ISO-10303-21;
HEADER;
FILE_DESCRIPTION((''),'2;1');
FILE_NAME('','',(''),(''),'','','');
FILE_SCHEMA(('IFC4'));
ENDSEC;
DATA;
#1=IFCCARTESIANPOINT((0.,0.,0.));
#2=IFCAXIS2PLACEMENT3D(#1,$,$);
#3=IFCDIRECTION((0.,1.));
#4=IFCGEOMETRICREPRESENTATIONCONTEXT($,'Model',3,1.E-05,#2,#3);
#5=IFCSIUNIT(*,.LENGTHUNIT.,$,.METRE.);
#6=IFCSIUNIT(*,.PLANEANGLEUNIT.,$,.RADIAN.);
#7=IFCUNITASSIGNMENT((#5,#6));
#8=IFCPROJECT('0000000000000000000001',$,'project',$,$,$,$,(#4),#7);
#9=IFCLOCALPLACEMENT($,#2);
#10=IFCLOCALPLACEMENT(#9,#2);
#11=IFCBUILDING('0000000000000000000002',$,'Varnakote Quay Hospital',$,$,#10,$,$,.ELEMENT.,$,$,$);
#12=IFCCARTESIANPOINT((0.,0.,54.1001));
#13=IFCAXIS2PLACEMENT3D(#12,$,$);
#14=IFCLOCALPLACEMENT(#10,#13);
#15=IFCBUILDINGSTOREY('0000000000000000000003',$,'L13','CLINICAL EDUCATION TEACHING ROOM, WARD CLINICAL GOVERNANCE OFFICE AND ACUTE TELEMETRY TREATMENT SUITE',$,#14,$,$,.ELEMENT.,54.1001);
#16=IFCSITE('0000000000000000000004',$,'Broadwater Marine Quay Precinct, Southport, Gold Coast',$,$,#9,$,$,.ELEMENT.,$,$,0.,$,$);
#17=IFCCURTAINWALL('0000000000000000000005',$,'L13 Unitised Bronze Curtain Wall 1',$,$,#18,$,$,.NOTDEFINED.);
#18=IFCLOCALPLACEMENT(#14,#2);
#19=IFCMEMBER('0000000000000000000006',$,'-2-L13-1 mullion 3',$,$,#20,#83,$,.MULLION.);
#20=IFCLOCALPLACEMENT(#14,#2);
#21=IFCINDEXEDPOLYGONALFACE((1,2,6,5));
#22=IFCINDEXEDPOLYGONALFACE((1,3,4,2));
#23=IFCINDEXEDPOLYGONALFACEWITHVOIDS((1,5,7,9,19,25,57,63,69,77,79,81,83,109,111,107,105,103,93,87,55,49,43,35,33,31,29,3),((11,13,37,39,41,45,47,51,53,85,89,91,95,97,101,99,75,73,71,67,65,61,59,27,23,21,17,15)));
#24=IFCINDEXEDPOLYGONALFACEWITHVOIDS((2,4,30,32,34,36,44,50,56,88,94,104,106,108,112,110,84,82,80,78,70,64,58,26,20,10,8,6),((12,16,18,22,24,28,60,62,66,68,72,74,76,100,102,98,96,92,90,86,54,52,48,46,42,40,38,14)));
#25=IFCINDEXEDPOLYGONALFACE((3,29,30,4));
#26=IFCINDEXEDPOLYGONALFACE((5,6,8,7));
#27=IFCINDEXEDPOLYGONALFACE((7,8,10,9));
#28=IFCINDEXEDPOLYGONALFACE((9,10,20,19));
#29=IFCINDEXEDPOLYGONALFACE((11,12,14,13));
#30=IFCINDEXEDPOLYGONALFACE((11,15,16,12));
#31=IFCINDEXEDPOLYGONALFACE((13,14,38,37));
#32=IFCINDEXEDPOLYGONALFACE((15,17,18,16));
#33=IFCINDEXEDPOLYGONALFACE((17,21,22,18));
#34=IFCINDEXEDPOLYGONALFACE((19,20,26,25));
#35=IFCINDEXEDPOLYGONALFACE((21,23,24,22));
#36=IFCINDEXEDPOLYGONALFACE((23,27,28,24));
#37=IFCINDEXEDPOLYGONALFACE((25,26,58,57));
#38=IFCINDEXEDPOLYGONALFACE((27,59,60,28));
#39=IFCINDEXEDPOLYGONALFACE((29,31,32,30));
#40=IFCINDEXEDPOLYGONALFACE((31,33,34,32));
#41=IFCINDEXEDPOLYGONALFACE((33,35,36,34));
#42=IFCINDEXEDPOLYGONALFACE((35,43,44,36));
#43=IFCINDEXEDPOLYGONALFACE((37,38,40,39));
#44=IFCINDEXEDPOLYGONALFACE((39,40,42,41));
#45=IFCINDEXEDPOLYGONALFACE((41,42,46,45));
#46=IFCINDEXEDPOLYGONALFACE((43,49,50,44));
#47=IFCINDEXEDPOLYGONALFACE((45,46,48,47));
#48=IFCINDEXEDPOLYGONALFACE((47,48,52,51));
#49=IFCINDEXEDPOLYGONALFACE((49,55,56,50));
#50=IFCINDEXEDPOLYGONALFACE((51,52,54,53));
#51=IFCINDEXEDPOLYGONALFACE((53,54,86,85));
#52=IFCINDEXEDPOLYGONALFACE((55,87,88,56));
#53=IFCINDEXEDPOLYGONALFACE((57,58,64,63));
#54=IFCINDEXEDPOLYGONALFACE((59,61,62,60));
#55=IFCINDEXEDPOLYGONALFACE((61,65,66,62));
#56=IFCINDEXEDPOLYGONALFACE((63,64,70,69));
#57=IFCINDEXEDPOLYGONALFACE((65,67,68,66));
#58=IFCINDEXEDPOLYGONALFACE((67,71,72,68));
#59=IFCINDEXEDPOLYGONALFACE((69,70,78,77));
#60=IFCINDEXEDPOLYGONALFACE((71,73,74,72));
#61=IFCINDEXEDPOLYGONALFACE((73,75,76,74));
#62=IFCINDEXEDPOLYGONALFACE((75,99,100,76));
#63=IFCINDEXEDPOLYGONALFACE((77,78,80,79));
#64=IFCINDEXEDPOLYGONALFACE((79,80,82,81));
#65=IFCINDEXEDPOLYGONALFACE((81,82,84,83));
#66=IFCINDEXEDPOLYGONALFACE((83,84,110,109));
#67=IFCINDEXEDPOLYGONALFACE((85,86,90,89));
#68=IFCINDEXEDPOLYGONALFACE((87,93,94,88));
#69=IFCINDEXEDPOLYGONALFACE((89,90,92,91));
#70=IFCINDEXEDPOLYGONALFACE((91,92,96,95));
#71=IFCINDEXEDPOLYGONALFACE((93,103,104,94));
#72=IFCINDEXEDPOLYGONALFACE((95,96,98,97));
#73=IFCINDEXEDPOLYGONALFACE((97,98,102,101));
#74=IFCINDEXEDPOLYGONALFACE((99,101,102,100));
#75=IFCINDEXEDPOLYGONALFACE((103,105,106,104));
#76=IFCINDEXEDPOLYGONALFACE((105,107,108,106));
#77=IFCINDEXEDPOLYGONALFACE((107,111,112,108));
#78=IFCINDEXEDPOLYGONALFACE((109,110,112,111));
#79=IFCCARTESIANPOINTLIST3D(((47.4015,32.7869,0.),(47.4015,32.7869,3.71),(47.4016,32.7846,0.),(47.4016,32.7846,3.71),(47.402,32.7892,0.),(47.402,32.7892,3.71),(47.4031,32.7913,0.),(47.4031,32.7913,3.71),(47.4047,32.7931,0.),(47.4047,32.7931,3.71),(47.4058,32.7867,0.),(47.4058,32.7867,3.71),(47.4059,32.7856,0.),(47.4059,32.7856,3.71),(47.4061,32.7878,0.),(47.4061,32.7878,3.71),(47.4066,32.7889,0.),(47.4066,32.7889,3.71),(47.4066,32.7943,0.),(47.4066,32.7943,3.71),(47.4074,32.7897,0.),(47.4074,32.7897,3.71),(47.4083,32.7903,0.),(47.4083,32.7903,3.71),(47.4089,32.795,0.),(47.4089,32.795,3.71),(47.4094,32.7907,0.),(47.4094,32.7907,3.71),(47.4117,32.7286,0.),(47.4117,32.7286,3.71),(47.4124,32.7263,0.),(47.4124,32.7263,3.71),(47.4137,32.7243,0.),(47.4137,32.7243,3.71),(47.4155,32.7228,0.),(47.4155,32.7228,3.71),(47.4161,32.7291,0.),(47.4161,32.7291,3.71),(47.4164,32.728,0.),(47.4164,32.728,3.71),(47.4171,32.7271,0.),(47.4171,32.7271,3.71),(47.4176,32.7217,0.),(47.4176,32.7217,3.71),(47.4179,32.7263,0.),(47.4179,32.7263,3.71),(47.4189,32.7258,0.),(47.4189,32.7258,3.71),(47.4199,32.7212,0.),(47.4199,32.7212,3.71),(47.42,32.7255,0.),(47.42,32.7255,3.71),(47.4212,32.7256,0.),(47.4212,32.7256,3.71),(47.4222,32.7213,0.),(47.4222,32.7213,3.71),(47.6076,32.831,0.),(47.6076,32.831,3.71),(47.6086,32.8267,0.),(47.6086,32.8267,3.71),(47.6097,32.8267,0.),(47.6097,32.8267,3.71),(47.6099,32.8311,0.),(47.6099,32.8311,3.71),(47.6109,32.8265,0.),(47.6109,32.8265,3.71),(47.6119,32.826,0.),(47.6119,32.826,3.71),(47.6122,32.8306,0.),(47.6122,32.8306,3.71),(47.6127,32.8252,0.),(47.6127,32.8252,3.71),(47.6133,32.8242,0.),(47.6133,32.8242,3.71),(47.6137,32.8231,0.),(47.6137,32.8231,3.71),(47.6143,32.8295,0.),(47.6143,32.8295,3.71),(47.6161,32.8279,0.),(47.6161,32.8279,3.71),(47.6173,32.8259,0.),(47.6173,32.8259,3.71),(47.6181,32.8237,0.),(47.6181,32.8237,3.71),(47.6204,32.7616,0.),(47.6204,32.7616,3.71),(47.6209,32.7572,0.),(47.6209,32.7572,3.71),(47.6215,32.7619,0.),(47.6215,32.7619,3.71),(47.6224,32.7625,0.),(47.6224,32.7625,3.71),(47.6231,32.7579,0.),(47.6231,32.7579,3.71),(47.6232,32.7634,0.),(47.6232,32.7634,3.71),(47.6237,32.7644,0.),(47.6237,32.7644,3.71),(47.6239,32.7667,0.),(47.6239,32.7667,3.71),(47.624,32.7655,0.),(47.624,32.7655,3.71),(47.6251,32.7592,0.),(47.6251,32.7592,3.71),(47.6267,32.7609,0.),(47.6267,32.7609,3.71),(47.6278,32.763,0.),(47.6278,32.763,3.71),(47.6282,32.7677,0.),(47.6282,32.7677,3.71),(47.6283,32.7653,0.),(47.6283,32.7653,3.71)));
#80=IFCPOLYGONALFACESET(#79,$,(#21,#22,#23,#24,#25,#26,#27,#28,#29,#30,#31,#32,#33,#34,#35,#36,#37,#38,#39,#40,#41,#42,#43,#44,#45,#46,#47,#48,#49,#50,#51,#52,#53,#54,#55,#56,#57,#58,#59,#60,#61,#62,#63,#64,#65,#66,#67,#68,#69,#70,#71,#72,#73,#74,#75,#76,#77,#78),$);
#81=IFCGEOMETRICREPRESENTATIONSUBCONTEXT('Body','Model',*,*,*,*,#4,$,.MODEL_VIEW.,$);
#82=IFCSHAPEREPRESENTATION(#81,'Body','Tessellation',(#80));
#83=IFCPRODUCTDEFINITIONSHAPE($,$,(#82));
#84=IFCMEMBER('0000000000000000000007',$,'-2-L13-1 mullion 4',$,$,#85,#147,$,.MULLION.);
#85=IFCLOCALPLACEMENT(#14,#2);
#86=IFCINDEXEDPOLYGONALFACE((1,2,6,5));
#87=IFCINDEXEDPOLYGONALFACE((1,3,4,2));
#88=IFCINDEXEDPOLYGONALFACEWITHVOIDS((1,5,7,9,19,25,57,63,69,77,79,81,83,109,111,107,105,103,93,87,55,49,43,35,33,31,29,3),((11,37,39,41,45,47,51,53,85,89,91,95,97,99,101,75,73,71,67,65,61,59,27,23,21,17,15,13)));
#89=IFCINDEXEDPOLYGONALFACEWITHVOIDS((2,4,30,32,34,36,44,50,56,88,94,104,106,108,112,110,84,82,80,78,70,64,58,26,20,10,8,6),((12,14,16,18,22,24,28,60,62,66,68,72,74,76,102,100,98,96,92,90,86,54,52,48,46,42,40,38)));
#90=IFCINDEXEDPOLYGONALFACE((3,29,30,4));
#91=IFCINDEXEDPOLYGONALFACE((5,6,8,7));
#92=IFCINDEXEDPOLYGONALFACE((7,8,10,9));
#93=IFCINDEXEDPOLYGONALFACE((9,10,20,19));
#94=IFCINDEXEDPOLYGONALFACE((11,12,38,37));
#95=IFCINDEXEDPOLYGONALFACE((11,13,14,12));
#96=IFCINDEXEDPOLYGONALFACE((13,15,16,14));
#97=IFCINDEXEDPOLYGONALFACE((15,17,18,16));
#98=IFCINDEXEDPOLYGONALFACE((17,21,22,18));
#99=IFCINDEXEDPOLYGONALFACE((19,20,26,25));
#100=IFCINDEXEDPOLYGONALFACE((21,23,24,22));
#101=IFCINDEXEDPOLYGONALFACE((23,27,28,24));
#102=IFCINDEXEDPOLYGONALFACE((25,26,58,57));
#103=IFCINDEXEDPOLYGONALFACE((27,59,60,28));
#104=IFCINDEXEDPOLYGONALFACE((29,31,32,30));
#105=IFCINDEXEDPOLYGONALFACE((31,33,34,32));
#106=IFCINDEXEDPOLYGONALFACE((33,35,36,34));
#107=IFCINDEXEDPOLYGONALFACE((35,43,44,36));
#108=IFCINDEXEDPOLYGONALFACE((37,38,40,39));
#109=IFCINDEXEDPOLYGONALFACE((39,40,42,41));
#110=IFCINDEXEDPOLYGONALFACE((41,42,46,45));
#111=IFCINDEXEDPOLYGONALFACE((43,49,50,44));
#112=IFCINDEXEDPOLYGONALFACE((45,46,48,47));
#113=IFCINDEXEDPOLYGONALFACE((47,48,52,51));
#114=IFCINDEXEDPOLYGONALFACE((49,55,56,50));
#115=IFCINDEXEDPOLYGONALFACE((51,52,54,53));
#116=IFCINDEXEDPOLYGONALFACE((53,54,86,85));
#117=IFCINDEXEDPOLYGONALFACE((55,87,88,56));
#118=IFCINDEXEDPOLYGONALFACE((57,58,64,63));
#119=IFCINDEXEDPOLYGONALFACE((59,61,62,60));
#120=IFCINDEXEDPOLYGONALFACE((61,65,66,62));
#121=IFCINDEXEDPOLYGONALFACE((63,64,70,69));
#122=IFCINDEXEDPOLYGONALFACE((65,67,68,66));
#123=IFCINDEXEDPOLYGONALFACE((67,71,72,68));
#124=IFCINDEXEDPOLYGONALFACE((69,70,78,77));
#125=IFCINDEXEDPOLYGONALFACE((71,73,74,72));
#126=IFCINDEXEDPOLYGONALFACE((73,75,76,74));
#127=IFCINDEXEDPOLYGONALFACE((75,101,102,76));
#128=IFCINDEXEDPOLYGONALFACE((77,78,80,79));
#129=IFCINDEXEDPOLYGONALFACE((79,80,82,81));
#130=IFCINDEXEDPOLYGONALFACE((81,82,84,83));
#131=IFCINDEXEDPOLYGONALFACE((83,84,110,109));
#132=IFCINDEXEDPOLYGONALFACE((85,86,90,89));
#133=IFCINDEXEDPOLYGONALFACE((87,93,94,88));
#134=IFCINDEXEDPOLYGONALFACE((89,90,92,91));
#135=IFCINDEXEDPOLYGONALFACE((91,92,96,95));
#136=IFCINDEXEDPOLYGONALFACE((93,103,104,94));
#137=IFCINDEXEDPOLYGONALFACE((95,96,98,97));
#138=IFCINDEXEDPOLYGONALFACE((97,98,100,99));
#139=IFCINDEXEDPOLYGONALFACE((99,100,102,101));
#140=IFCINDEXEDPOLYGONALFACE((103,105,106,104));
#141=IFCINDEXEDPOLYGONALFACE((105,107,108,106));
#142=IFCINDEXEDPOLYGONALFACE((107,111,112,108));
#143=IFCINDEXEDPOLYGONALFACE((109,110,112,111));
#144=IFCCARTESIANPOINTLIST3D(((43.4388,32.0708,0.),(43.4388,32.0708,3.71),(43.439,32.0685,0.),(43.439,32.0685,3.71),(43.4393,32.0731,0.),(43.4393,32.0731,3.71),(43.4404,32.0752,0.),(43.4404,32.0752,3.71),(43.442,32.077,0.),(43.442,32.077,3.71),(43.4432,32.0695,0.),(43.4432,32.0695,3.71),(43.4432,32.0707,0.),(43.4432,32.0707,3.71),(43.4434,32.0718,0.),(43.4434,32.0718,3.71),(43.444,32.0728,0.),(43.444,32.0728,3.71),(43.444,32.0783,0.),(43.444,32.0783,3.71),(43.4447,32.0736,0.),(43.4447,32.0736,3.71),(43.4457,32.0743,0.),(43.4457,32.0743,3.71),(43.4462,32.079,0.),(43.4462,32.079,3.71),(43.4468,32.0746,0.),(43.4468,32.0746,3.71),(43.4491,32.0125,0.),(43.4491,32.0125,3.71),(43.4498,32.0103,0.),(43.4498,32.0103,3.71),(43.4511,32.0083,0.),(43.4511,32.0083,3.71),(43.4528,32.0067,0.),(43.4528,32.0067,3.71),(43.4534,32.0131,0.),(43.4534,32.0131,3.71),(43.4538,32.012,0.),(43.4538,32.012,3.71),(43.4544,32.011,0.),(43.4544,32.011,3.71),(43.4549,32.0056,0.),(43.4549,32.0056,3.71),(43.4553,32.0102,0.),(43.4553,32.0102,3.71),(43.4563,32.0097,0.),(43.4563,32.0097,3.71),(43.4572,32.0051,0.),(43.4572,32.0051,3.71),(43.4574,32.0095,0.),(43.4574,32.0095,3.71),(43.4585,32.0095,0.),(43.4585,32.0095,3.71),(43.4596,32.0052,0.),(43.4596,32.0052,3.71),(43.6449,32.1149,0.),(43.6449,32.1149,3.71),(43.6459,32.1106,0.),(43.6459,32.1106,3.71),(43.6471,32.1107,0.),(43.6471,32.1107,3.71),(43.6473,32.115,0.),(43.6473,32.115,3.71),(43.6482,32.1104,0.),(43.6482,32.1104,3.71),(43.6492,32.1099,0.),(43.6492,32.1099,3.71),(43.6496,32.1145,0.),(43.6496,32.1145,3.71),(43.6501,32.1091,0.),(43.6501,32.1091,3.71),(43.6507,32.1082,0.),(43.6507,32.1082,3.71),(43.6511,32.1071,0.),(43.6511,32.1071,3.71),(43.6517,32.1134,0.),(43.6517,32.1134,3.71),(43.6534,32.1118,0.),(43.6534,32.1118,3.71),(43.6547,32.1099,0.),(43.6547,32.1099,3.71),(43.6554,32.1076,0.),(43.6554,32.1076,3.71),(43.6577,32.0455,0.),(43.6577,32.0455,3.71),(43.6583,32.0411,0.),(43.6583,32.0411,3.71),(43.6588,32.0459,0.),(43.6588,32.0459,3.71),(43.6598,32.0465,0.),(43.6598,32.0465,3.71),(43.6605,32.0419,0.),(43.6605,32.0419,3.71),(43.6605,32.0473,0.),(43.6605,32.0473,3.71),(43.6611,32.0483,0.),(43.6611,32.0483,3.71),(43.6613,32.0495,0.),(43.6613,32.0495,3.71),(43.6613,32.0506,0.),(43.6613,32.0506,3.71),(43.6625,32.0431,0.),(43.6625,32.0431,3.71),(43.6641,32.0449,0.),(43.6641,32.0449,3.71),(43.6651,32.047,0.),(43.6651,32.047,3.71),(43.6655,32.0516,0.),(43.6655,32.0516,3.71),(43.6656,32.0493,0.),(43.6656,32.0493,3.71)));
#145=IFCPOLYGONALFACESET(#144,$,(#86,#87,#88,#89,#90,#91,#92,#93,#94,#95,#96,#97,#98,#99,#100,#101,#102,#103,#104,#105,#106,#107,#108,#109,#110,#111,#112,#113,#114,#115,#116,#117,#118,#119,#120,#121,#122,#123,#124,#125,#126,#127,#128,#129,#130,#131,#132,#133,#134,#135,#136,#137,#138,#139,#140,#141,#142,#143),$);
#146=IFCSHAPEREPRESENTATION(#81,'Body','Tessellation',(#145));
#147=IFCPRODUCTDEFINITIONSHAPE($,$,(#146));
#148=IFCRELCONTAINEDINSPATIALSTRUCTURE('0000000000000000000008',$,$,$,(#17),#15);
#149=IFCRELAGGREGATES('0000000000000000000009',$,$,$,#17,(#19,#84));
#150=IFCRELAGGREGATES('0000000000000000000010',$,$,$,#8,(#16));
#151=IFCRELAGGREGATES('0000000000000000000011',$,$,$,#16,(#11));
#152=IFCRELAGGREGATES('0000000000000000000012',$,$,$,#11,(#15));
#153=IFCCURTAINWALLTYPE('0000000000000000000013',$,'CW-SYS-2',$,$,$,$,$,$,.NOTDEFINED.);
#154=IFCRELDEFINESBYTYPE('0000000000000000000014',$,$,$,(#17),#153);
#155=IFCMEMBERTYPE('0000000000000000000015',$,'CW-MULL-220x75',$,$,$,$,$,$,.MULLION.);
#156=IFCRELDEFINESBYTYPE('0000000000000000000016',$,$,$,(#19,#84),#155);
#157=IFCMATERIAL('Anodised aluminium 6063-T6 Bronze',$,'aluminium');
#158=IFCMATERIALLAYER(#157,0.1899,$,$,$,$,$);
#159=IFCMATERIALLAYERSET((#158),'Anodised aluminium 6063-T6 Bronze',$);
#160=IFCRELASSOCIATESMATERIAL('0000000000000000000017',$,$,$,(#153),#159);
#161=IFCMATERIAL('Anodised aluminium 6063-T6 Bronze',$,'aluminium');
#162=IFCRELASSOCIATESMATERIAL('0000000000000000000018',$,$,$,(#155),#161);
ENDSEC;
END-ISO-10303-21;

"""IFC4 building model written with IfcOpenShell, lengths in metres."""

from ifc_helpers import new_model, si_unit, direction, frame, origin, origin_2d, place, context, subcontext, project, spatial, hollow_rectangle, extrude, material, layer, layer_set, material_profile, profile_set, type_object, element, aggregate, save


model = new_model("IFC4")

# Units and contexts
model_context = context("Model", 3, precision=1e-05, world=origin(), true_north=direction((0.0, 1.0)))
body_context = subcontext(model_context, "Body", "Model", "MODEL_VIEW")
ifc_project = project(units=[si_unit("LENGTHUNIT", "METRE"), si_unit("PLANEANGLEUNIT", "RADIAN")], contexts=[model_context])

# Site, building, storey
site_placement = place(None, origin())
site = spatial("IfcSite", under=ifc_project, at=site_placement, Name="Broadwater Marine Quay Precinct, Southport, Gold Coast", CompositionType="ELEMENT", RefElevation=0.0)
building_placement = place(site_placement, origin())
building = spatial("IfcBuilding", under=site, at=building_placement, Name="Varnakote Quay Hospital", CompositionType="ELEMENT")
storey_placement = place(building_placement, frame((0.0, 0.0, 54.1001)))
storey = spatial("IfcBuildingStorey", under=building, at=storey_placement, Name="L13", Description="CLINICAL EDUCATION TEACHING ROOM, WARD CLINICAL GOVERNANCE OFFICE AND ACUTE TELEMETRY TREATMENT SUITE", CompositionType="ELEMENT", Elevation=54.1001)

# Curtain wall, members
ifc_material_1 = material(Name="Anodised aluminium 6063-T6 Bronze", Category="aluminium")
ifc_layer_1 = layer(ifc_material_1, 0.1899)
ifc_layer_set_1 = layer_set([ifc_layer_1], Name="Anodised aluminium 6063-T6 Bronze")
curtain_wall_type = type_object("IfcCurtainWallType", Name="CW-SYS-2", PredefinedType="NOTDEFINED", material=ifc_layer_set_1)
curtain_wall_placement = place(storey_placement, origin())
curtain_wall = element("IfcCurtainWall", 1, at=curtain_wall_placement, inside=storey, type_object=curtain_wall_type, Name="L13 Unitised Bronze Curtain Wall 1", PredefinedType="NOTDEFINED")
ifc_material_2 = material(Name="Anodised aluminium 6063-T6 Bronze", Category="aluminium")
ifc_material_profile_1 = material_profile(ifc_material_2, hollow_rectangle(XDim=0.075, YDim=0.22, WallThickness=0.0044, InnerFilletRadius=0.0044, OuterFilletRadius=0.009, at=origin_2d()), Name="CW-MULL-220x75")
ifc_profile_set_1 = profile_set([ifc_material_profile_1], Name="Anodised aluminium 6063-T6 Bronze")
member_type_1 = type_object("IfcMemberType", Name="CW-MULL-220x75", PredefinedType="MULLION", material=ifc_profile_set_1)
member_1_placement = place(storey_placement, frame((47.5149, 32.7761, 0.0), z_axis=(0.0, 0.0, 1.0), x_axis=(0.177846, -0.984058, 0.0)))
member_1 = element("IfcMember", 2, at=member_1_placement, type_object=member_type_1, Name="-2-L13-1 mullion 3", PredefinedType="MULLION", context=body_context, shape_type="SweptSolid", body=[
    extrude(hollow_rectangle(XDim=0.075, YDim=0.22, WallThickness=0.0044, InnerFilletRadius=0.0044, OuterFilletRadius=0.009, at=origin_2d()), origin(), (0.0, 0.0, 1.0), 3.71),
])
member_2_placement = place(storey_placement, frame((43.5522, 32.0601, 0.0), z_axis=(0.0, 0.0, 1.0), x_axis=(0.177846, -0.984058, 0.0)))
member_2 = element("IfcMember", 3, at=member_2_placement, type_object=member_type_1, Name="-2-L13-1 mullion 4", PredefinedType="MULLION", context=body_context, shape_type="SweptSolid", body=[
    extrude(hollow_rectangle(XDim=0.075, YDim=0.22, WallThickness=0.0044, InnerFilletRadius=0.0044, OuterFilletRadius=0.009, at=origin_2d()), origin(), (0.0, 0.0, 1.0), 3.71),
])
aggregate(curtain_wall, [member_1, member_2])

save(model, "model.ifc")
